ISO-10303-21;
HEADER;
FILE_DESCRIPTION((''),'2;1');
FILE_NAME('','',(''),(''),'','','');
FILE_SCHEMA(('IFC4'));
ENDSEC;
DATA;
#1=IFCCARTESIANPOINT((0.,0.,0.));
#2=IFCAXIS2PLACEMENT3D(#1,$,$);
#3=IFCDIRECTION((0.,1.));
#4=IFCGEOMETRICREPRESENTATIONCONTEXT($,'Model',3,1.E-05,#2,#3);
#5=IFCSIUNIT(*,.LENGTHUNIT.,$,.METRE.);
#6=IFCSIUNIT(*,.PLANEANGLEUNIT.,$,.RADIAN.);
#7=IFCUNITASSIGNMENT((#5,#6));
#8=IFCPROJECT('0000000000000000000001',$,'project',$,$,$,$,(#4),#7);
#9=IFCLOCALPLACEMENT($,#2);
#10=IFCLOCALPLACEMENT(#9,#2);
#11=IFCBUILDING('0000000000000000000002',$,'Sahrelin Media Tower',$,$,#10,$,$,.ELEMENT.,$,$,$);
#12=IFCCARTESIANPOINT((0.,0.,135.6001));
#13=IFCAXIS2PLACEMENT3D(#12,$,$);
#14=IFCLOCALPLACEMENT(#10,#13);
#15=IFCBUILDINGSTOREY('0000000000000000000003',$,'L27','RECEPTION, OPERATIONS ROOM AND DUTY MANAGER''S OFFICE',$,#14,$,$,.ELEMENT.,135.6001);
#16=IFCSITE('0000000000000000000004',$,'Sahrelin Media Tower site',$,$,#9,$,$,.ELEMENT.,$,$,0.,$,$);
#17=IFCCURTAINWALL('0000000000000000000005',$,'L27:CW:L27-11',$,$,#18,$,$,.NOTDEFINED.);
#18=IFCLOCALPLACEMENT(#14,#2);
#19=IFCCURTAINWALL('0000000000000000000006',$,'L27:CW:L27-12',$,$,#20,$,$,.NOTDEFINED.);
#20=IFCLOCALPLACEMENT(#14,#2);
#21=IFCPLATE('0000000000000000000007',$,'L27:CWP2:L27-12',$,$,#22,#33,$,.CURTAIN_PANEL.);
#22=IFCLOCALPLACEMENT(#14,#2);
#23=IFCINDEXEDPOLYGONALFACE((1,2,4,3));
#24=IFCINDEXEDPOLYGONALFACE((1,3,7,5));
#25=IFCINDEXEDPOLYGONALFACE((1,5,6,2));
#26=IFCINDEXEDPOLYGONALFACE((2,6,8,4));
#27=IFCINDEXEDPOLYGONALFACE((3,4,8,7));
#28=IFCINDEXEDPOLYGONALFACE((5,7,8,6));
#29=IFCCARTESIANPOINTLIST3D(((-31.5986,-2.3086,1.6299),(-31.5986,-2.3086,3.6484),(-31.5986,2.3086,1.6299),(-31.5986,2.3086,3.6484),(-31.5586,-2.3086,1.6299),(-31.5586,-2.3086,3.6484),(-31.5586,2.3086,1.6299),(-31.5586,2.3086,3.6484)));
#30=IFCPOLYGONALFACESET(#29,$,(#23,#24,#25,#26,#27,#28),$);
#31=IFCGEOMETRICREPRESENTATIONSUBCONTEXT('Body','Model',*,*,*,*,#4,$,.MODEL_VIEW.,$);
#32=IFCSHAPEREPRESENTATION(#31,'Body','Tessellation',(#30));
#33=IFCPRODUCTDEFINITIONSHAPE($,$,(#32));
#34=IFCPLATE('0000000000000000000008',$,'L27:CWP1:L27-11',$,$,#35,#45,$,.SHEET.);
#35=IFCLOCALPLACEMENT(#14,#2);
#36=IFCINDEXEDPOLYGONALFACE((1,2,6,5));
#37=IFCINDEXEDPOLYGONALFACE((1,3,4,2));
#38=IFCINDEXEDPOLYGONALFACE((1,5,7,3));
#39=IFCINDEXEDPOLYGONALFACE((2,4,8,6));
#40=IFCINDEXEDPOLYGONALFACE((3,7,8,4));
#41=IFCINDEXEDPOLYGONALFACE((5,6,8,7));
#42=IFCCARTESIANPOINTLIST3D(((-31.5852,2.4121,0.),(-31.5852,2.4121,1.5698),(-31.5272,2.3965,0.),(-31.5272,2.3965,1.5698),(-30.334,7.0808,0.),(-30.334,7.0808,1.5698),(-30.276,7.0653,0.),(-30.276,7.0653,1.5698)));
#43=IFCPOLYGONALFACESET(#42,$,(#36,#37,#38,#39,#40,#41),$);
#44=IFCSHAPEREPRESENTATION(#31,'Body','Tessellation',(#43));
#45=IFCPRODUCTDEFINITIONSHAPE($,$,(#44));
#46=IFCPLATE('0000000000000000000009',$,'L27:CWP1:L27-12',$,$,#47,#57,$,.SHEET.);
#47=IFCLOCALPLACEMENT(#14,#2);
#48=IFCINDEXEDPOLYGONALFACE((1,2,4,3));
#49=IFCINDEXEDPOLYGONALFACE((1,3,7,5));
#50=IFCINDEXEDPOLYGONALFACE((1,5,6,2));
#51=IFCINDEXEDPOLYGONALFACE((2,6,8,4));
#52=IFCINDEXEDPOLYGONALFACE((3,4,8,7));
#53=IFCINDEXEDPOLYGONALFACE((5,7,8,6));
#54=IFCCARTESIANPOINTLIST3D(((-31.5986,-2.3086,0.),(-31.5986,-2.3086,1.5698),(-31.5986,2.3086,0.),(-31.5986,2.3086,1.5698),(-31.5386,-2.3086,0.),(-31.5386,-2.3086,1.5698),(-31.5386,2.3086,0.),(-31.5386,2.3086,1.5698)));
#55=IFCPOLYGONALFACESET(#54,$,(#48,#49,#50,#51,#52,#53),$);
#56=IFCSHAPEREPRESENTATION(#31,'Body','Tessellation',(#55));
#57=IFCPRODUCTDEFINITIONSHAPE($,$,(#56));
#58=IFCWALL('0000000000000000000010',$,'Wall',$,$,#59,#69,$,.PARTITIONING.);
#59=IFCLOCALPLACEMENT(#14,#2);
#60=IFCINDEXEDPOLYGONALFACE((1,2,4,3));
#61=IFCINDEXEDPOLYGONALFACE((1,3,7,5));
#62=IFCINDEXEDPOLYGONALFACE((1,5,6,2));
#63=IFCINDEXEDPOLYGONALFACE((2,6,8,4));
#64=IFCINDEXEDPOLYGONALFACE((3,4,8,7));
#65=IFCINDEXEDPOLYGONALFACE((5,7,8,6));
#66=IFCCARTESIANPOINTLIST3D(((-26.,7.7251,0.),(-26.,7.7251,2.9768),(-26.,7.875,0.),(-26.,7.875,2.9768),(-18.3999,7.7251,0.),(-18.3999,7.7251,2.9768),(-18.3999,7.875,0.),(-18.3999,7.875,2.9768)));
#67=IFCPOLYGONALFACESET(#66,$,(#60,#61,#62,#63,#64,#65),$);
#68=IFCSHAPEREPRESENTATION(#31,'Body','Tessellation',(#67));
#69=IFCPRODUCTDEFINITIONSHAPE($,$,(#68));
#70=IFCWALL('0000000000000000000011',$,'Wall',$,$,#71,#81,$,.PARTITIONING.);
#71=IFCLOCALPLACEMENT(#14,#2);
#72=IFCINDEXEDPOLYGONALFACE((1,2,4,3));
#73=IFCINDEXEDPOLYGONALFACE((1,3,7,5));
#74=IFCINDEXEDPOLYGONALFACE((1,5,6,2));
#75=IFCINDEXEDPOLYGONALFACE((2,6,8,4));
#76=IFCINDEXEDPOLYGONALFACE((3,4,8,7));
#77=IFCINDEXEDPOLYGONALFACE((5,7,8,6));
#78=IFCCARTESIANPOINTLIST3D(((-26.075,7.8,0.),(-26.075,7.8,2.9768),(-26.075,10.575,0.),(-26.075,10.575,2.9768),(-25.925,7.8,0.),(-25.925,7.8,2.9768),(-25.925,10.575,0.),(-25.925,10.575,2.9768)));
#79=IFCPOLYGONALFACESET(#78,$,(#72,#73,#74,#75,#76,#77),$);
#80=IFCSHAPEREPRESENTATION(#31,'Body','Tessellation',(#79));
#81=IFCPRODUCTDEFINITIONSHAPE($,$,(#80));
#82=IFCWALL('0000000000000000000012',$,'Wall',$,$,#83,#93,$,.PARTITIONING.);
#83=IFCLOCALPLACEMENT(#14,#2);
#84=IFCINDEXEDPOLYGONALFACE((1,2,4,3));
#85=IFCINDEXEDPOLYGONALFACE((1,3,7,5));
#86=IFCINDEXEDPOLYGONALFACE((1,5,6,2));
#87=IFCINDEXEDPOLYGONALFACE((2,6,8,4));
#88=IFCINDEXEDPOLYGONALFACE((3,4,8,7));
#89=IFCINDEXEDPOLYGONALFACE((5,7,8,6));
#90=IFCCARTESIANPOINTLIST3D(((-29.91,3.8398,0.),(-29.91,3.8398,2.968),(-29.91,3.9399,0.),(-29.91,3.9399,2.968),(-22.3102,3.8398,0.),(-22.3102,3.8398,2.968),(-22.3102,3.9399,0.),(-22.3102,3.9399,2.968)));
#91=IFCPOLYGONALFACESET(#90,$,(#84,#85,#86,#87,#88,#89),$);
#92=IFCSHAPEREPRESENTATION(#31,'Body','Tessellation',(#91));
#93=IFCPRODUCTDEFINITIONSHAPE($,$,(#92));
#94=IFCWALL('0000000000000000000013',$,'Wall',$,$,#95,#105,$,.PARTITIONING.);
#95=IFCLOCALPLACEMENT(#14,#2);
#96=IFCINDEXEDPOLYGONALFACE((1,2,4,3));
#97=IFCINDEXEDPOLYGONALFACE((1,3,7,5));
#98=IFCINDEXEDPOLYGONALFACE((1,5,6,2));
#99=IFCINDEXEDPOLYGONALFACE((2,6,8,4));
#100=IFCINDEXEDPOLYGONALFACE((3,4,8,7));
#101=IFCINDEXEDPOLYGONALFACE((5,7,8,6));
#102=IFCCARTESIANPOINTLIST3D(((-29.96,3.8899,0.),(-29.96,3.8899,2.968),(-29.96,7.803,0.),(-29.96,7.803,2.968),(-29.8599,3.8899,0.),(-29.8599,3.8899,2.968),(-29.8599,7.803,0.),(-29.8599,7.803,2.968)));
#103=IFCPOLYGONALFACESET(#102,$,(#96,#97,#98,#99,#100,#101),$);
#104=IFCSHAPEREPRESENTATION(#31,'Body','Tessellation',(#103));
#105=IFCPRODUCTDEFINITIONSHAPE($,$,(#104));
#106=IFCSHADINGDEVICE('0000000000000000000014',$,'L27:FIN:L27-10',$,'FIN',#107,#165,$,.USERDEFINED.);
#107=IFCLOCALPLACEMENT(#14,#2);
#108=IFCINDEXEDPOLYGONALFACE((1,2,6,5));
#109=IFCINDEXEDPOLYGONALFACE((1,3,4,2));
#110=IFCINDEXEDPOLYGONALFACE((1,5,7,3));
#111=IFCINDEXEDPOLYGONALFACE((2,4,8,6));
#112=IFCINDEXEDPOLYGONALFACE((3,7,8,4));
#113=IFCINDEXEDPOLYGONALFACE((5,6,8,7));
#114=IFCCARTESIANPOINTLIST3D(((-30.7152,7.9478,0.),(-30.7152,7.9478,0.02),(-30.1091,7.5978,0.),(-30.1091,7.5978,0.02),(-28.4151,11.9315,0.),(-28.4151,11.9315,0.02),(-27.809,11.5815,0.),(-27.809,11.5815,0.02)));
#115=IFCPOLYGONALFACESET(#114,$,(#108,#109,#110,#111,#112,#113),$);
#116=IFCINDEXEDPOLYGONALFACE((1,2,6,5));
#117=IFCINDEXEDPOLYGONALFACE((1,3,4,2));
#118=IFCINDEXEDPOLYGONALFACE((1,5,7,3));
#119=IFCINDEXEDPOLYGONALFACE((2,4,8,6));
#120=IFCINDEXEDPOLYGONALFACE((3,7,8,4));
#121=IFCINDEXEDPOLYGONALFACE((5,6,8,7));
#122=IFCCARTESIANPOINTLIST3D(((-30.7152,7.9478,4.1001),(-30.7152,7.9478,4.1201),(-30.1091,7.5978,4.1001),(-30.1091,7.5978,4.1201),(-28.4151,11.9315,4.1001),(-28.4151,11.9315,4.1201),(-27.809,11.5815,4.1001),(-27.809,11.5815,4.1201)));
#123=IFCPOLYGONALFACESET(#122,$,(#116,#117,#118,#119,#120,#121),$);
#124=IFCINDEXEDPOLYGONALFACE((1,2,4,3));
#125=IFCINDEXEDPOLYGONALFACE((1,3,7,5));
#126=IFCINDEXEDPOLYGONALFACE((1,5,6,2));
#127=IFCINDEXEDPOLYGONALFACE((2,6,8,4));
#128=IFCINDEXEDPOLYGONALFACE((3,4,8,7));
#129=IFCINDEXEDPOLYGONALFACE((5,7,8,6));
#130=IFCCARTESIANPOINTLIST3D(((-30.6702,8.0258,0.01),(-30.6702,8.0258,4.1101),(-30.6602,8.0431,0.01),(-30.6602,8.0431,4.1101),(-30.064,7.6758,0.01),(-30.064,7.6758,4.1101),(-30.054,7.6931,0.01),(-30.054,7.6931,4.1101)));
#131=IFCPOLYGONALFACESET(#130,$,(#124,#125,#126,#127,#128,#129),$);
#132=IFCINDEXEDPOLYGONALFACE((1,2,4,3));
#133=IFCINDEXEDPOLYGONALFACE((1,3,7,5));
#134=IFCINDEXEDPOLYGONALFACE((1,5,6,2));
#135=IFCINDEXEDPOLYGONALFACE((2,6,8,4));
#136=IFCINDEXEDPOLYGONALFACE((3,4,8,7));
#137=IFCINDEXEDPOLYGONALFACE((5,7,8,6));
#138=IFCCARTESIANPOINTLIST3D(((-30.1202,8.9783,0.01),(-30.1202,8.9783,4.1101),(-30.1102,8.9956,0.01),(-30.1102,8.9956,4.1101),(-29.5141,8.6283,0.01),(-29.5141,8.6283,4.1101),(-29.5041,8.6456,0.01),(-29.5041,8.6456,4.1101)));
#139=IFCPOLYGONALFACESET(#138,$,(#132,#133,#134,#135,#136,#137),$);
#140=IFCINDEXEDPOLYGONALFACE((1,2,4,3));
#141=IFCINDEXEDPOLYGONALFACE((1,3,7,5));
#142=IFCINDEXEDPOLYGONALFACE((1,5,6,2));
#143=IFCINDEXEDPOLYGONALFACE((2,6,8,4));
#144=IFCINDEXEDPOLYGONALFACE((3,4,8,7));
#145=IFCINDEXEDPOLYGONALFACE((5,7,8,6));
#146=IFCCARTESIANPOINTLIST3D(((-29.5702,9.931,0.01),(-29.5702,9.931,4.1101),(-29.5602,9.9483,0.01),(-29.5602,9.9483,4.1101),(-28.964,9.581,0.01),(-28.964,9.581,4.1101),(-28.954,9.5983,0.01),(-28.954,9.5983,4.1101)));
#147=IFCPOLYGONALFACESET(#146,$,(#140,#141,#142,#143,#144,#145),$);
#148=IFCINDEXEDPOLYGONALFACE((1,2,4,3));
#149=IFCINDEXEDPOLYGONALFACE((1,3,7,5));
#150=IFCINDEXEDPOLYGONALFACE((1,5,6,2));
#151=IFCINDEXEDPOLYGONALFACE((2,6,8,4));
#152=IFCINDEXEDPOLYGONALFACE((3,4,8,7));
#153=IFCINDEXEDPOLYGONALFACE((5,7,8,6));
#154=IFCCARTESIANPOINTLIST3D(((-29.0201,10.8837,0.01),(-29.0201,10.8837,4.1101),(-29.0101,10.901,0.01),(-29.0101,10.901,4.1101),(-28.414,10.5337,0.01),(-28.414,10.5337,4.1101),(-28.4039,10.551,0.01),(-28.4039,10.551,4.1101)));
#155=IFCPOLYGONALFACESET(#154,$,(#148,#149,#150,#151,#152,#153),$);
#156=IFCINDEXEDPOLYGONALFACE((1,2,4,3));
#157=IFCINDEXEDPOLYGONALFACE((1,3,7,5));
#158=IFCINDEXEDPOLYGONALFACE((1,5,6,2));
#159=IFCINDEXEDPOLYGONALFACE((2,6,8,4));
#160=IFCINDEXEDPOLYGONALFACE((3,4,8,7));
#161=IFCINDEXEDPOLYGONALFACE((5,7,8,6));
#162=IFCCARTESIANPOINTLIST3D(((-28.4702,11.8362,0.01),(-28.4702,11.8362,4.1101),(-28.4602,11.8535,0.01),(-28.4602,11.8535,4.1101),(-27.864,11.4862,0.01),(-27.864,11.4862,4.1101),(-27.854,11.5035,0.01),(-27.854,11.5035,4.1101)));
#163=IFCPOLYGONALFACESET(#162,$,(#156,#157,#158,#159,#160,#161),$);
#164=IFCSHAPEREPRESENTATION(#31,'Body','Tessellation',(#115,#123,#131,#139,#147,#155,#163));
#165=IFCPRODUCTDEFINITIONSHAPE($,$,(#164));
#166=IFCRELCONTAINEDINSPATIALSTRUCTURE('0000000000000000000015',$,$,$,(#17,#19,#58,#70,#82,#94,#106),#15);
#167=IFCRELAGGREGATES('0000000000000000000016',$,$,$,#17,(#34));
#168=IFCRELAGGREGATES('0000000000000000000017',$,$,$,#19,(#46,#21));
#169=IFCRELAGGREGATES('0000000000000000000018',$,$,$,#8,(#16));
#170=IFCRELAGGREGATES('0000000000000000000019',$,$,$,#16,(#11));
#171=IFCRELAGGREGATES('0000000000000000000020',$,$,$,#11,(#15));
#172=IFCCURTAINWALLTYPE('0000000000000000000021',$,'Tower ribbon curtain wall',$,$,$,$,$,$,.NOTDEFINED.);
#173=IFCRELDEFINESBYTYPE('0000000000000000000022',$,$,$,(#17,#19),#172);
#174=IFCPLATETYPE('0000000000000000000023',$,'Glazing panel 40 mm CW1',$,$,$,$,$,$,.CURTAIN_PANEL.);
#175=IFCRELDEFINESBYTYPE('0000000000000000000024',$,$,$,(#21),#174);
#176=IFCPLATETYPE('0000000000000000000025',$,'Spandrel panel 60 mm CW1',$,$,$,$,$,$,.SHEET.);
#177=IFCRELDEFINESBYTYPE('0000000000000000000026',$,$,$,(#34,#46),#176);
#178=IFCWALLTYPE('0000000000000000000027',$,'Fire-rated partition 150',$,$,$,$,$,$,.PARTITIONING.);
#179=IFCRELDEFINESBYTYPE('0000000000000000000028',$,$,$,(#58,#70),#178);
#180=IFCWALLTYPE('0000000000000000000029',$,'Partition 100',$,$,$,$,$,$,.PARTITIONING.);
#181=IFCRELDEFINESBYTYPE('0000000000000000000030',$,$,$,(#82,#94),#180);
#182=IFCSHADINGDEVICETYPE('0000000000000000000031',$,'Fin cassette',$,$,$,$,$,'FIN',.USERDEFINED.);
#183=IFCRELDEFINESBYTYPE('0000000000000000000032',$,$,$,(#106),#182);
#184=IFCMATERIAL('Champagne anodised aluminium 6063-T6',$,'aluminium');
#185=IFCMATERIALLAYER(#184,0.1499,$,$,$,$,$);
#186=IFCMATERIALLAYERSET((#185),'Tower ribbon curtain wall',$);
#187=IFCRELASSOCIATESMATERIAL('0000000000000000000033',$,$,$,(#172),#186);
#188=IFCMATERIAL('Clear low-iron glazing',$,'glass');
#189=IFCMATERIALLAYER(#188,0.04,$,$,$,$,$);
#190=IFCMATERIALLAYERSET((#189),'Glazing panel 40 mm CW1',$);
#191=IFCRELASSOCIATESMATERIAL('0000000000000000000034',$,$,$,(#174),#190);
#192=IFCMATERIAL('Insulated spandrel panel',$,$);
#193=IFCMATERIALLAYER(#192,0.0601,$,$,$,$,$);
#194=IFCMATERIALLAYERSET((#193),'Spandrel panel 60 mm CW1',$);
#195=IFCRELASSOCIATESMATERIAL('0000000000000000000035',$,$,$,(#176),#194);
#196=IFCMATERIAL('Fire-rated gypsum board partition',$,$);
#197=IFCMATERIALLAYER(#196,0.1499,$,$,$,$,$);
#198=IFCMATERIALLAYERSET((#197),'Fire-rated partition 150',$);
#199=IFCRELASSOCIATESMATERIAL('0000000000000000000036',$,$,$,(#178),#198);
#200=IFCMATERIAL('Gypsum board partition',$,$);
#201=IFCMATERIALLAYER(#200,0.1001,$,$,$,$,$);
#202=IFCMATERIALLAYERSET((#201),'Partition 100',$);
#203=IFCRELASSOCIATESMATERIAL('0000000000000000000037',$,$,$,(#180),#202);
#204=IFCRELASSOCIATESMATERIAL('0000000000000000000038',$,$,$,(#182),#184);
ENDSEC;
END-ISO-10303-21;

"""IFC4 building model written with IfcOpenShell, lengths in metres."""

from ifc_helpers import new_model, si_unit, direction, frame, frame_2d, origin, origin_2d, place, context, subcontext, project, spatial, polyline, rectangle, outline, extrude, material, layer, layer_set, type_object, element, aggregate, save


model = new_model("IFC4")

# Units and contexts
model_context = context("Model", 3, precision=1e-05, world=origin(), true_north=direction((0.0, 1.0)))
body_context = subcontext(model_context, "Body", "Model", "MODEL_VIEW")
ifc_project = project(units=[si_unit("LENGTHUNIT", "METRE"), si_unit("PLANEANGLEUNIT", "RADIAN")], contexts=[model_context])

# Site, building, storey
site_placement = place(None, origin())
site = spatial("IfcSite", under=ifc_project, at=site_placement, Name="Sahrelin Media Tower site", CompositionType="ELEMENT", RefElevation=0.0)
building_placement = place(site_placement, origin())
building = spatial("IfcBuilding", under=site, at=building_placement, Name="Sahrelin Media Tower", CompositionType="ELEMENT")
storey_placement = place(building_placement, frame((0.0, 0.0, 135.6001)))
storey = spatial("IfcBuildingStorey", under=building, at=storey_placement, Name="L27", Description="RECEPTION, OPERATIONS ROOM AND DUTY MANAGER'S OFFICE", CompositionType="ELEMENT", Elevation=135.6001)

# Curtain wall
ifc_material_1 = material(Name="Champagne anodised aluminium 6063-T6", Category="aluminium")
ifc_layer_1 = layer(ifc_material_1, 0.1499)
ifc_layer_set_1 = layer_set([ifc_layer_1], Name="Tower ribbon curtain wall")
curtain_wall_type = type_object("IfcCurtainWallType", Name="Tower ribbon curtain wall", PredefinedType="NOTDEFINED", material=ifc_layer_set_1)
curtain_wall_1_placement = place(storey_placement, frame((-30.9402, 4.7412, 0.0), z_axis=(0.0, 0.0, 1.0), x_axis=(1.0, 0.0, 0.0)))
curtain_wall_1 = element("IfcCurtainWall", 1, at=curtain_wall_1_placement, inside=storey, type_object=curtain_wall_type, Name="L27:CW:L27-11", PredefinedType="NOTDEFINED")

# Curtain wall
curtain_wall_2_placement = place(storey_placement, frame((-31.5786, 0.0, 0.0), z_axis=(0.0, 0.0, 1.0), x_axis=(1.0, 0.0, 0.0)))
curtain_wall_2 = element("IfcCurtainWall", 2, at=curtain_wall_2_placement, inside=storey, type_object=curtain_wall_type, Name="L27:CW:L27-12", PredefinedType="NOTDEFINED")

# Plates
ifc_material_2 = material(Name="Clear low-iron glazing", Category="glass")
ifc_layer_2 = layer(ifc_material_2, 0.04)
ifc_layer_set_2 = layer_set([ifc_layer_2], Name="Glazing panel 40 mm CW1")
plate_type_1 = type_object("IfcPlateType", Name="Glazing panel 40 mm CW1", PredefinedType="CURTAIN_PANEL", material=ifc_layer_set_2)
plate_1_placement = place(storey_placement, frame((-31.5986, 2.3086, 1.6299), z_axis=(-1.0, 0.0, 0.0), x_axis=(0.0, -1.0, 0.0)))
plate_1 = element("IfcPlate", 3, at=plate_1_placement, type_object=plate_type_1, Name="L27:CWP2:L27-12", PredefinedType="CURTAIN_PANEL", context=body_context, shape_type="SweptSolid", body=[
    extrude(outline(polyline([(0.0, 0.0), (4.6172, 0.0), (4.6172, 2.0186), (0.0, 2.0186), (0.0, 0.0)])), origin(), (0.0, 0.0, -1.0), 0.04),
])
ifc_material_3 = material(Name="Insulated spandrel panel")
ifc_layer_3 = layer(ifc_material_3, 0.0601)
ifc_layer_set_3 = layer_set([ifc_layer_3], Name="Spandrel panel 60 mm CW1")
plate_type_2 = type_object("IfcPlateType", Name="Spandrel panel 60 mm CW1", PredefinedType="SHEET", material=ifc_layer_set_3)
plate_2_placement = place(storey_placement, frame((-30.334, 7.0808, 0.0), z_axis=(-0.965913, 0.258867, 0.0), x_axis=(-0.258867, -0.965913, 0.0)))
plate_2 = element("IfcPlate", 4, at=plate_2_placement, type_object=plate_type_2, Name="L27:CWP1:L27-11", PredefinedType="SHEET", context=body_context, shape_type="SweptSolid", body=[
    extrude(outline(polyline([(0.0, 0.0), (4.8335, 0.0), (4.8335, 1.5698), (0.0, 1.5698), (0.0, 0.0)])), origin(), (0.0, 0.0, -1.0), 0.0601),
])
aggregate(curtain_wall_1, [plate_2])
plate_3_placement = place(storey_placement, frame((-31.5986, 2.3086, 0.0), z_axis=(-1.0, 0.0, 0.0), x_axis=(0.0, -1.0, 0.0)))
plate_3 = element("IfcPlate", 5, at=plate_3_placement, type_object=plate_type_2, Name="L27:CWP1:L27-12", PredefinedType="SHEET", context=body_context, shape_type="SweptSolid", body=[
    extrude(outline(polyline([(0.0, 0.0), (4.6172, 0.0), (4.6172, 1.5698), (0.0, 1.5698), (0.0, 0.0)])), origin(), (0.0, 0.0, -1.0), 0.0601),
])
aggregate(curtain_wall_2, [plate_3, plate_1])

# Walls
ifc_material_4 = material(Name="Fire-rated gypsum board partition")
ifc_layer_4 = layer(ifc_material_4, 0.1499)
ifc_layer_set_4 = layer_set([ifc_layer_4], Name="Fire-rated partition 150")
wall_type_1 = type_object("IfcWallType", Name="Fire-rated partition 150", PredefinedType="PARTITIONING", material=ifc_layer_set_4)
wall_1_placement = place(storey_placement, frame((-26.0, 7.8, 0.0), z_axis=(0.0, 0.0, 1.0), x_axis=(1.0, 0.0, 0.0)))
element("IfcWall", 6, at=wall_1_placement, inside=storey, type_object=wall_type_1, Name="Wall", PredefinedType="PARTITIONING", context=body_context, shape_type="SweptSolid", body=[
    extrude(rectangle(XDim=7.6001, YDim=0.1499, at=frame_2d((3.8, 0.0))), origin(), (0.0, 0.0, 1.0), 2.9768),
])
wall_2_placement = place(storey_placement, frame((-26.0, 7.8, 0.0), z_axis=(0.0, 0.0, 1.0), x_axis=(0.0, 1.0, 0.0)))
element("IfcWall", 7, at=wall_2_placement, inside=storey, type_object=wall_type_1, Name="Wall", PredefinedType="PARTITIONING", context=body_context, shape_type="SweptSolid", body=[
    extrude(rectangle(XDim=2.7749, YDim=0.1499, at=frame_2d((1.3875, 0.0))), origin(), (0.0, 0.0, 1.0), 2.9768),
])
ifc_material_5 = material(Name="Gypsum board partition")
ifc_layer_5 = layer(ifc_material_5, 0.1001)
ifc_layer_set_5 = layer_set([ifc_layer_5], Name="Partition 100")
wall_type_2 = type_object("IfcWallType", Name="Partition 100", PredefinedType="PARTITIONING", material=ifc_layer_set_5)
wall_3_placement = place(storey_placement, frame((-29.9099, 3.8899, 0.0), z_axis=(0.0, 0.0, 1.0), x_axis=(1.0, 0.0, 0.0)))
element("IfcWall", 8, at=wall_3_placement, inside=storey, type_object=wall_type_2, Name="Wall", PredefinedType="PARTITIONING", context=body_context, shape_type="SweptSolid", body=[
    extrude(rectangle(XDim=7.5999, YDim=0.1001, at=frame_2d((3.7998, 0.0))), origin(), (0.0, 0.0, 1.0), 2.968),
])
wall_4_placement = place(storey_placement, frame((-29.9099, 3.8899, 0.0), z_axis=(0.0, 0.0, 1.0), x_axis=(0.0, 1.0, 0.0)))
element("IfcWall", 9, at=wall_4_placement, inside=storey, type_object=wall_type_2, Name="Wall", PredefinedType="PARTITIONING", context=body_context, shape_type="SweptSolid", body=[
    extrude(rectangle(XDim=3.9131, YDim=0.1001, at=frame_2d((1.9565, 0.0))), origin(), (0.0, 0.0, 1.0), 2.968),
])

# Shading device
shading_device_type_1 = type_object("IfcShadingDeviceType", Name="Fin cassette", ElementType="FIN", PredefinedType="USERDEFINED", material=ifc_material_1)
placement_1 = place(storey_placement, frame((-28.8984, 9.5547, 0.0), z_axis=(0.0, 0.0, 1.0), x_axis=(0.500011, 0.866019, 0.0)))
element("IfcShadingDevice", 10, at=placement_1, inside=storey, type_object=shading_device_type_1, Name="L27:FIN:L27-10", ObjectType="FIN", PredefinedType="USERDEFINED", context=body_context, shape_type="SweptSolid", body=[
    extrude(rectangle(XDim=4.6001, YDim=0.7, at=origin_2d()), frame((0.0, 0.4199, 0.0)), (0.0, 0.0, 1.0), 0.02),
    extrude(rectangle(XDim=4.6001, YDim=0.7, at=origin_2d()), frame((0.0, 0.4199, 4.1001)), (0.0, 0.0, 1.0), 0.02),
    extrude(rectangle(XDim=0.02, YDim=0.7, at=origin_2d()), frame((-2.2, 0.4199, 0.01), z_axis=(0.0, 0.0, 1.0), x_axis=(1.0, 0.0, 0.0)), (0.0, 0.0, 1.0), 4.1001),
    extrude(rectangle(XDim=0.02, YDim=0.7, at=origin_2d()), frame((-1.1001, 0.4199, 0.01), z_axis=(0.0, 0.0, 1.0), x_axis=(1.0, 0.0, 0.0)), (0.0, 0.0, 1.0), 4.1001),
    extrude(rectangle(XDim=0.02, YDim=0.7, at=origin_2d()), frame((0.0, 0.4199, 0.01), z_axis=(0.0, 0.0, 1.0), x_axis=(1.0, 0.0, 0.0)), (0.0, 0.0, 1.0), 4.1001),
    extrude(rectangle(XDim=0.02, YDim=0.7, at=origin_2d()), frame((1.1001, 0.4199, 0.01), z_axis=(0.0, 0.0, 1.0), x_axis=(1.0, 0.0, 0.0)), (0.0, 0.0, 1.0), 4.1001),
    extrude(rectangle(XDim=0.02, YDim=0.7, at=origin_2d()), frame((2.2, 0.4199, 0.01), z_axis=(0.0, 0.0, 1.0), x_axis=(1.0, 0.0, 0.0)), (0.0, 0.0, 1.0), 4.1001),
])

save(model, "model.ifc")
